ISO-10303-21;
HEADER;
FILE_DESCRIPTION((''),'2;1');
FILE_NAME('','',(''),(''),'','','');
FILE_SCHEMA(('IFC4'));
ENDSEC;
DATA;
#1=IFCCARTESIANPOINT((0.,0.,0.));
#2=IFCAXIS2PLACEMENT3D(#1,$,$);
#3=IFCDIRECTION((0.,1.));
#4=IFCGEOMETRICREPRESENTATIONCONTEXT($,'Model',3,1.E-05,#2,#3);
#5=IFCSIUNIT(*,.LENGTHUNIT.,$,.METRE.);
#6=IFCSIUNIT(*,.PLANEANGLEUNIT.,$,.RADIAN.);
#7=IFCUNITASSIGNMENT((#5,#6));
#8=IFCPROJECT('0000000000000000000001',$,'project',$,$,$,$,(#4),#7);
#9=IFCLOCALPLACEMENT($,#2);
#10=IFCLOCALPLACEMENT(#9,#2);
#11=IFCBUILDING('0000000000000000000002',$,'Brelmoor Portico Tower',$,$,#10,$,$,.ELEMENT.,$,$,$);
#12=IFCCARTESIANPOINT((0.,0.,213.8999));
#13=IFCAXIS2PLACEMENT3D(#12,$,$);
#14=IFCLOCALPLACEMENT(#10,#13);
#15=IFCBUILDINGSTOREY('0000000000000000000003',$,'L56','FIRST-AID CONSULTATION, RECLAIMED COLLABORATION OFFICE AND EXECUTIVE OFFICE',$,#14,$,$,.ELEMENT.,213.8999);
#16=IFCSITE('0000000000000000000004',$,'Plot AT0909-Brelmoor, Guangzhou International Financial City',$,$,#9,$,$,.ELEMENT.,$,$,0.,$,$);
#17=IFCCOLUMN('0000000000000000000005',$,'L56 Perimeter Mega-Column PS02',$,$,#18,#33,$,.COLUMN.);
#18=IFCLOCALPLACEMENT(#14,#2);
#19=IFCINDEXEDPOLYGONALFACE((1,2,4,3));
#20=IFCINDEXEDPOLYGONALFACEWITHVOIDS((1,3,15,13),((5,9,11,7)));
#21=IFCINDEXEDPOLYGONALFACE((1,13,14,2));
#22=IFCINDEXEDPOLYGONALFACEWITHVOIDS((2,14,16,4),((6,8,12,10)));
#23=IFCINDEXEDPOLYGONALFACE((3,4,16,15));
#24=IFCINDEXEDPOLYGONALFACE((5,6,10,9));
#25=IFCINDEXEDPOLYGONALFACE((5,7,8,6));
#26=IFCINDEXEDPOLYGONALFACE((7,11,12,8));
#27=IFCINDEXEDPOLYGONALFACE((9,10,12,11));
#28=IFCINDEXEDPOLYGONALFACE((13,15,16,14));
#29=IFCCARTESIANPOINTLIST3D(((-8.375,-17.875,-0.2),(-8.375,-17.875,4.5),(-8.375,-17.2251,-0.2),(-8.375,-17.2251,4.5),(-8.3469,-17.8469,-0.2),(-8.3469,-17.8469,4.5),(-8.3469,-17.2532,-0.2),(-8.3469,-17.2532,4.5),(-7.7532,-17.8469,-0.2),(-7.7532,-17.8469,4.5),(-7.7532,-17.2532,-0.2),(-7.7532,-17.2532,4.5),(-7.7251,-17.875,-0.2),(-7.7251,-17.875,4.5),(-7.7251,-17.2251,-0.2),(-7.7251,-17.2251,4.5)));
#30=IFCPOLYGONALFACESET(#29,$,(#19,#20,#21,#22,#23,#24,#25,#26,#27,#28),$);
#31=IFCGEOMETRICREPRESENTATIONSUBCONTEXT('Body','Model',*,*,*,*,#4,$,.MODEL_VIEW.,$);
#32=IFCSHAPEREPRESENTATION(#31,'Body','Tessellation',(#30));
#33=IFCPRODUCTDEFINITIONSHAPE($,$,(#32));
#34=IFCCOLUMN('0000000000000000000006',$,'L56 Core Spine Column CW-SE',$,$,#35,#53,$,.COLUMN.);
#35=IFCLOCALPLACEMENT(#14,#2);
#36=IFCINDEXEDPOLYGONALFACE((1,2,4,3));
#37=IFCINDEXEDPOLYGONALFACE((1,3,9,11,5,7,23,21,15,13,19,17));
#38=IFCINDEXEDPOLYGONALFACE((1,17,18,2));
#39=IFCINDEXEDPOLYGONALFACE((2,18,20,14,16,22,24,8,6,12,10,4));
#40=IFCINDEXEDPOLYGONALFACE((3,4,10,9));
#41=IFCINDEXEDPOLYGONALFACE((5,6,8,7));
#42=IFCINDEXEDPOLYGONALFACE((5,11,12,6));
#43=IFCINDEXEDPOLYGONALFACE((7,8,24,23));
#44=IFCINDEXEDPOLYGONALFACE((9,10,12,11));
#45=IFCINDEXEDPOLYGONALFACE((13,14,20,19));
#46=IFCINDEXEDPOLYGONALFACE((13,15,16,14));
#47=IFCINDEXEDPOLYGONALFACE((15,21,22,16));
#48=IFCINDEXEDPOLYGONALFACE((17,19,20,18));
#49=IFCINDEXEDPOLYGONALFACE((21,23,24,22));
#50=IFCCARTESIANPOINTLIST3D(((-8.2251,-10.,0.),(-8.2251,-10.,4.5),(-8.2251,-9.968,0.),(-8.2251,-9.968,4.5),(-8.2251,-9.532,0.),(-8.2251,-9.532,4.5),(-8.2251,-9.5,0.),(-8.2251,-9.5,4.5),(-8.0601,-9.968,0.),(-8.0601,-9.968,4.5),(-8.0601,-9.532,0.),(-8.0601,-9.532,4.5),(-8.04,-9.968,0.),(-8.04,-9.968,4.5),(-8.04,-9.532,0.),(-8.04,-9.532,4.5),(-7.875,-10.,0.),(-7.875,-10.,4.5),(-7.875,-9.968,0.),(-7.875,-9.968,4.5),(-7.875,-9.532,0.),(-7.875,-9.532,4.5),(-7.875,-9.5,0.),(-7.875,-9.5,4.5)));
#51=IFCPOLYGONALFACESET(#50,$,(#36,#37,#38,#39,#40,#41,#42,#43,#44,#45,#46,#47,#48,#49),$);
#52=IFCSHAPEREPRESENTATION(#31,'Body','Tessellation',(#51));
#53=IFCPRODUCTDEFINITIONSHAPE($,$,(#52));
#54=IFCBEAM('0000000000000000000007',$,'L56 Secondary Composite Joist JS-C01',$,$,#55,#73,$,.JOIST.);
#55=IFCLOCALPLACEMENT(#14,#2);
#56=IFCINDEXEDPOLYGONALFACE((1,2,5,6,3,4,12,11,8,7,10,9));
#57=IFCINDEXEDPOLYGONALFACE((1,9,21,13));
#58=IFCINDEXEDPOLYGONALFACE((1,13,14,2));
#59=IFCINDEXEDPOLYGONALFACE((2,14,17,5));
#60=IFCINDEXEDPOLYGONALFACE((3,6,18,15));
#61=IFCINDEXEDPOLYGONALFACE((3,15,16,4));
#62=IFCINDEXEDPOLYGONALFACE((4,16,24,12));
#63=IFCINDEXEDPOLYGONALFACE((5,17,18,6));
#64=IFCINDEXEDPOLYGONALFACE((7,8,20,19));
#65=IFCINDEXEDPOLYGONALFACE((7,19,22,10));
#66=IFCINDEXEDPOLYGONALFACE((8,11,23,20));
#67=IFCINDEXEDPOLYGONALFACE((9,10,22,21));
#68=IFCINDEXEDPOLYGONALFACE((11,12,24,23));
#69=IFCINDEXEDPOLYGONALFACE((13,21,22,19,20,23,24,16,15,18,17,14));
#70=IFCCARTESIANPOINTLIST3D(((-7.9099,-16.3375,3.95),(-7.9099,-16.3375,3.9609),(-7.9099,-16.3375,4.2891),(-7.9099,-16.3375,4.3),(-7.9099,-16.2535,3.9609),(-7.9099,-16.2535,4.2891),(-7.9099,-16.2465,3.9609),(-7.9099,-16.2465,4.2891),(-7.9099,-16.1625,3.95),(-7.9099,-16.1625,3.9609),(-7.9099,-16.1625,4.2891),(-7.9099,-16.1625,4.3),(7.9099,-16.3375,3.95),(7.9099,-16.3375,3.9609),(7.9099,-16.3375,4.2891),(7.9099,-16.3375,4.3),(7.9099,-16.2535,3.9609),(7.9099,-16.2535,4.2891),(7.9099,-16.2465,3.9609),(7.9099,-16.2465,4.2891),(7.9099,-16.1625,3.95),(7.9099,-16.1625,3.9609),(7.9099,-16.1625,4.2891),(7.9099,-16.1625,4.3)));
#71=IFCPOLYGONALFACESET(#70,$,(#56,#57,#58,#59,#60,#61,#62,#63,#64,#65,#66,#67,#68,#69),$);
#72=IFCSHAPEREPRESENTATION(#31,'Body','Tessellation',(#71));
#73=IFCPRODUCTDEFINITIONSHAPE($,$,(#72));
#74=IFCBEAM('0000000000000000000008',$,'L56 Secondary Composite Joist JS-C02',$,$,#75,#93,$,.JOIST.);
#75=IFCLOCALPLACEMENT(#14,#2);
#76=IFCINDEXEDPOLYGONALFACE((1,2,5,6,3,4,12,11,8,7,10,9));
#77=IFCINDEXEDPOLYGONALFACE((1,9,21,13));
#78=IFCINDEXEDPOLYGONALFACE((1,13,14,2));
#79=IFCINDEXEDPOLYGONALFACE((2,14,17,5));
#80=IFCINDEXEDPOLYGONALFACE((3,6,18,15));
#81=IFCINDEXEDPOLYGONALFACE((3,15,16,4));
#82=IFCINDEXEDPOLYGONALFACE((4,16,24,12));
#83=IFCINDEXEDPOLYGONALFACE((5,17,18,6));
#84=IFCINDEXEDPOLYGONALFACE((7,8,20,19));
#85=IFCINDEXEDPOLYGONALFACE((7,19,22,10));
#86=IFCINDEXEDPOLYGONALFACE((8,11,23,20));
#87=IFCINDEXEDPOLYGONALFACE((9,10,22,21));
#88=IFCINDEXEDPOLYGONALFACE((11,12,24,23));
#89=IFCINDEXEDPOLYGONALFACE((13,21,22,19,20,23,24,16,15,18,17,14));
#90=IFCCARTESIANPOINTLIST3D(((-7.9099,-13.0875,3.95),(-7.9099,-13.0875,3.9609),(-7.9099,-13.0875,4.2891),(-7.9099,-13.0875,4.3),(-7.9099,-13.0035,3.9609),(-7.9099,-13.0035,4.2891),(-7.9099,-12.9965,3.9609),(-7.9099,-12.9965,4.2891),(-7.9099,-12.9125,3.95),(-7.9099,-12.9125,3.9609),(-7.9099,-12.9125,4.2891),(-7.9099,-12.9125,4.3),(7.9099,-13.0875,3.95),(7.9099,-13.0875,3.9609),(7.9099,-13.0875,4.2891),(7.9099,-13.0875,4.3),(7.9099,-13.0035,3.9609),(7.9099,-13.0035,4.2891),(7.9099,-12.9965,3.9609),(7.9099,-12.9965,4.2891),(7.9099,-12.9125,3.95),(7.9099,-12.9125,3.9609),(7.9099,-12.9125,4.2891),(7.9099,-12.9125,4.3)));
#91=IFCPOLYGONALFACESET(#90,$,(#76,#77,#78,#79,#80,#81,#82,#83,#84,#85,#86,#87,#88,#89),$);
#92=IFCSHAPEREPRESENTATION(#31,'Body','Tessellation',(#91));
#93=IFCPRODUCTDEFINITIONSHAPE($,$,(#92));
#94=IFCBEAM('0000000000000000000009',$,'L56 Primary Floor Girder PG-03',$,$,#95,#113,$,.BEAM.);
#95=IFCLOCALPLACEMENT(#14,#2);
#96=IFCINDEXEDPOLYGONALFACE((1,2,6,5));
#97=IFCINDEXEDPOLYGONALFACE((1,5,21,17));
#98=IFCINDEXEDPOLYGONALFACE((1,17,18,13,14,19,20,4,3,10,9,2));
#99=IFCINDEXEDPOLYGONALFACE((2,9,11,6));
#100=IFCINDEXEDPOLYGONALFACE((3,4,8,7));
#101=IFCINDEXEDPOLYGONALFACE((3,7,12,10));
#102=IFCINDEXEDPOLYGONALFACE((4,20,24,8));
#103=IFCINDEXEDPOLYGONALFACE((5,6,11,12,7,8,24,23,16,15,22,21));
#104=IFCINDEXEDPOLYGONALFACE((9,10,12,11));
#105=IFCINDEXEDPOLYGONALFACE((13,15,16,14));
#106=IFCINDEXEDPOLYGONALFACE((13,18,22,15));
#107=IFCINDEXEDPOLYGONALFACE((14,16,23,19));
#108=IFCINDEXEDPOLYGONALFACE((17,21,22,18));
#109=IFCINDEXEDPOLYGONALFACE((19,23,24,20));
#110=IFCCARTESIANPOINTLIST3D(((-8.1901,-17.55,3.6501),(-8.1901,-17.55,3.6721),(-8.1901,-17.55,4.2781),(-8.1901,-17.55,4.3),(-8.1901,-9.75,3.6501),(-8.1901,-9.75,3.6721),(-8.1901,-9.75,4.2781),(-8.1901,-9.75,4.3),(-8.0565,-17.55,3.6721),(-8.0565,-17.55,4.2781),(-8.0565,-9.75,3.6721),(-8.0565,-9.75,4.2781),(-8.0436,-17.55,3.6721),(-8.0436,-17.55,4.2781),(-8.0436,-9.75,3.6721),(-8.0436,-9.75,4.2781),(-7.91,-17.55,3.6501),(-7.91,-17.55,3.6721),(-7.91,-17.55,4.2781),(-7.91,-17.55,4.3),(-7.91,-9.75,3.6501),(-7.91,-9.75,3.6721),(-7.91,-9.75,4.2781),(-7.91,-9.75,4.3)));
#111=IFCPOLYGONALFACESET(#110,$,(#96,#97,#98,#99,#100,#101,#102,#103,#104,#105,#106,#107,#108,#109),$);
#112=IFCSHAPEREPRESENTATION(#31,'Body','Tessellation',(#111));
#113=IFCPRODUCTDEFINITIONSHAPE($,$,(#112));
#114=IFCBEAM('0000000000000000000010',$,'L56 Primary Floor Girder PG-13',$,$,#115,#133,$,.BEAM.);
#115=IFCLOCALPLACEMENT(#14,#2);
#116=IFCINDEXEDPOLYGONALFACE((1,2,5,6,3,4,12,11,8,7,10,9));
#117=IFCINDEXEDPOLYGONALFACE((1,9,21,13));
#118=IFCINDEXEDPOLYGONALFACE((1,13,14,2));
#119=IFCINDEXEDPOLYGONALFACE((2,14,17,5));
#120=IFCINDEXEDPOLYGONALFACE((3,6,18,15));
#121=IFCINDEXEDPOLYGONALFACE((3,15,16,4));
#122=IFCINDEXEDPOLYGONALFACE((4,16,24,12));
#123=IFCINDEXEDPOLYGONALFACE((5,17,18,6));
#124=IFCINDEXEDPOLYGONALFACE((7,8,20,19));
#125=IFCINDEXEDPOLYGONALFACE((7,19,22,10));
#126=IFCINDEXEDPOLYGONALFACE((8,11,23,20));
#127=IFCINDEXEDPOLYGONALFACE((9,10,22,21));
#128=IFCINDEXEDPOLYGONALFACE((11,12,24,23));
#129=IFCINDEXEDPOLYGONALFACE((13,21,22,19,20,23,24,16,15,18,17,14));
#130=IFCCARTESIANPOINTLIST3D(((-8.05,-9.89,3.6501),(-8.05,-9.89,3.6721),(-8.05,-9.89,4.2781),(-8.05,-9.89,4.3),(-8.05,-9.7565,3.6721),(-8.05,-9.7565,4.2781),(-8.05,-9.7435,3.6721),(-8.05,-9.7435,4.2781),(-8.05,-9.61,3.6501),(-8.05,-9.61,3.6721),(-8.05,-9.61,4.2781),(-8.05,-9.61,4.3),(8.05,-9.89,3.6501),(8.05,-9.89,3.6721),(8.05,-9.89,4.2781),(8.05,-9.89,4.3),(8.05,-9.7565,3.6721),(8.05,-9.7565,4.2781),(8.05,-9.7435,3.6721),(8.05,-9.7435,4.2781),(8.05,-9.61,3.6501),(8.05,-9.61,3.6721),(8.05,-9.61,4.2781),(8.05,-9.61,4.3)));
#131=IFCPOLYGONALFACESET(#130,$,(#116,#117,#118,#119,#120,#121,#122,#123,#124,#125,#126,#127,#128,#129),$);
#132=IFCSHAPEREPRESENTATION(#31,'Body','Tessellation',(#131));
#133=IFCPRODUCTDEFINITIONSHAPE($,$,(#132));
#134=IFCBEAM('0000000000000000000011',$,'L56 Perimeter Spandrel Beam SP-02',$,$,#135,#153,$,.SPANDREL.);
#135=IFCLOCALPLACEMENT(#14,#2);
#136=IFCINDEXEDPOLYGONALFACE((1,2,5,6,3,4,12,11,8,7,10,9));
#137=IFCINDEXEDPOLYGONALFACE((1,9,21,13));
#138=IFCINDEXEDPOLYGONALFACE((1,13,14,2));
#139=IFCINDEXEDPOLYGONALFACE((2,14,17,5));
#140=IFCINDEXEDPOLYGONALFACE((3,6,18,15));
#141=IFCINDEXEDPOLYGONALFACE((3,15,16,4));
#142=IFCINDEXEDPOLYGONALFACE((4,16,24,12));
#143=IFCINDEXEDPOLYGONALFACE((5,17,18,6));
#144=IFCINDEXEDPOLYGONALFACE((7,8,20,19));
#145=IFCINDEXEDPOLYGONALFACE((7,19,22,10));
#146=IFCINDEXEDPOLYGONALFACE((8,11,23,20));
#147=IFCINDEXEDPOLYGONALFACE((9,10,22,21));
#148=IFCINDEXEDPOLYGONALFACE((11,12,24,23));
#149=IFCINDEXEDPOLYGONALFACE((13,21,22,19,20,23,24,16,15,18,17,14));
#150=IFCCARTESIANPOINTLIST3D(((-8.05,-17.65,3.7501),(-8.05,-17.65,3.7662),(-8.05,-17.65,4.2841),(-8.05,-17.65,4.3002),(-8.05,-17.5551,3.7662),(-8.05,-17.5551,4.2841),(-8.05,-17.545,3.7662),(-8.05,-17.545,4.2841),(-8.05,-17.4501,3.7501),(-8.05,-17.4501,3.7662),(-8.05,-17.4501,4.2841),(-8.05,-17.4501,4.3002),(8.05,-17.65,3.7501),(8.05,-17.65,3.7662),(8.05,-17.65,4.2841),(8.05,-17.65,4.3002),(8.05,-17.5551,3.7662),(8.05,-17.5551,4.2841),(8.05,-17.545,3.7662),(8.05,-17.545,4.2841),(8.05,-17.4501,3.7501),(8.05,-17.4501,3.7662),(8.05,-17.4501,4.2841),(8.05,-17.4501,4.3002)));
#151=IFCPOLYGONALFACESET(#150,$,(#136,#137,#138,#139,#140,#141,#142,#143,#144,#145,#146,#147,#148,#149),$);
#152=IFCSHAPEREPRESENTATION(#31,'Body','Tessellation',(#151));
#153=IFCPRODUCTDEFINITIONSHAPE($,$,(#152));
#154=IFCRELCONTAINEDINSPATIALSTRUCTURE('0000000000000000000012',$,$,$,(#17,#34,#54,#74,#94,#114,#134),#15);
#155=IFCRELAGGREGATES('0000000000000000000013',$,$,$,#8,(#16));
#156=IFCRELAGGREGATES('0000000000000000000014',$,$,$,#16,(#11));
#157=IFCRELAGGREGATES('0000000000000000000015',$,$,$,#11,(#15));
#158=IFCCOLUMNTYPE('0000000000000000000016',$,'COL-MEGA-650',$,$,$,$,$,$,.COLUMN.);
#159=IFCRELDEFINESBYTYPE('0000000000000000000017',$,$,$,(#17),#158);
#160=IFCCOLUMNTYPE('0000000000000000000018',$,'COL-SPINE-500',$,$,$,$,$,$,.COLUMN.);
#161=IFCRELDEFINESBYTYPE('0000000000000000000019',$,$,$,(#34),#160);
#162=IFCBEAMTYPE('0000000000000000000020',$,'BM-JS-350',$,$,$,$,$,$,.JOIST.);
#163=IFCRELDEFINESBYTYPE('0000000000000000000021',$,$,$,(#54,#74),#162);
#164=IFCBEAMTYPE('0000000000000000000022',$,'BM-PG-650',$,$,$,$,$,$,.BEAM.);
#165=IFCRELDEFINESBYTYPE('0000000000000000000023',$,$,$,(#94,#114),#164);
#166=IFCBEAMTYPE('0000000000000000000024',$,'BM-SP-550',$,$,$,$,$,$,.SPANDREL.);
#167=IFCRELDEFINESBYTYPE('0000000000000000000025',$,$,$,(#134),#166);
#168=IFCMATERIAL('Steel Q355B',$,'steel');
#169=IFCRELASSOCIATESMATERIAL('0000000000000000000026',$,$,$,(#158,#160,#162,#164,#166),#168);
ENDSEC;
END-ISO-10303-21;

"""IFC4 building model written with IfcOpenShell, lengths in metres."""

from ifc_helpers import new_model, si_unit, direction, frame, origin, origin_2d, place, context, subcontext, project, spatial, hollow_rectangle, i_section, extrude, material, material_profile, profile_set, type_object, element, save


model = new_model("IFC4")

# Units and contexts
model_context = context("Model", 3, precision=1e-05, world=origin(), true_north=direction((0.0, 1.0)))
body_context = subcontext(model_context, "Body", "Model", "MODEL_VIEW")
ifc_project = project(units=[si_unit("LENGTHUNIT", "METRE"), si_unit("PLANEANGLEUNIT", "RADIAN")], contexts=[model_context])

# Site, building, storey
site_placement = place(None, origin())
site = spatial("IfcSite", under=ifc_project, at=site_placement, Name="Plot AT0909-Brelmoor, Guangzhou International Financial City", CompositionType="ELEMENT", RefElevation=0.0)
building_placement = place(site_placement, origin())
building = spatial("IfcBuilding", under=site, at=building_placement, Name="Brelmoor Portico Tower", CompositionType="ELEMENT")
storey_placement = place(building_placement, frame((0.0, 0.0, 213.8999)))
storey = spatial("IfcBuildingStorey", under=building, at=storey_placement, Name="L56", Description="FIRST-AID CONSULTATION, RECLAIMED COLLABORATION OFFICE AND EXECUTIVE OFFICE", CompositionType="ELEMENT", Elevation=213.8999)

# Columns
ifc_material_1 = material(Name="Steel Q355B", Category="steel")
ifc_material_profile_1 = material_profile(ifc_material_1, hollow_rectangle(XDim=0.6499, YDim=0.6499, WallThickness=0.0281, at=origin_2d()), Name="BOX 650x650x28")
ifc_profile_set_1 = profile_set([ifc_material_profile_1], Name="Steel Q355B")
column_type_1 = type_object("IfcColumnType", Name="COL-MEGA-650", PredefinedType="COLUMN", material=ifc_profile_set_1)
column_1_placement = place(storey_placement, frame((-8.05, -17.55, -0.2), z_axis=(0.0, 0.0, 1.0), x_axis=(1.0, 0.0, 0.0)))
element("IfcColumn", 1, at=column_1_placement, inside=storey, type_object=column_type_1, Name="L56 Perimeter Mega-Column PS02", PredefinedType="COLUMN", context=body_context, shape_type="SweptSolid", body=[
    extrude(hollow_rectangle(XDim=0.6499, YDim=0.6499, WallThickness=0.0281, at=origin_2d()), origin(), (0.0, 0.0, 1.0), 4.7),
])
ifc_material_profile_2 = material_profile(ifc_material_1, i_section(OverallWidth=0.3501, OverallDepth=0.5, WebThickness=0.02, FlangeThickness=0.032, at=origin_2d()), Name="HW 500x350x20x32")
ifc_profile_set_2 = profile_set([ifc_material_profile_2], Name="Steel Q355B")
column_type_2 = type_object("IfcColumnType", Name="COL-SPINE-500", PredefinedType="COLUMN", material=ifc_profile_set_2)
column_2_placement = place(storey_placement, frame((-8.05, -9.75, 0.0), z_axis=(0.0, 0.0, 1.0), x_axis=(1.0, 0.0, 0.0)))
element("IfcColumn", 2, at=column_2_placement, inside=storey, type_object=column_type_2, Name="L56 Core Spine Column CW-SE", PredefinedType="COLUMN", context=body_context, shape_type="SweptSolid", body=[
    extrude(i_section(OverallWidth=0.3501, OverallDepth=0.5, WebThickness=0.02, FlangeThickness=0.032, at=origin_2d()), origin(), (0.0, 0.0, 1.0), 4.5),
])

# Beams
ifc_material_profile_3 = material_profile(ifc_material_1, i_section(OverallWidth=0.175, OverallDepth=0.3501, WebThickness=0.0071, FlangeThickness=0.011, at=origin_2d()), Name="HN 350x175x7x11")
ifc_profile_set_3 = profile_set([ifc_material_profile_3], Name="Steel Q355B")
beam_type_1 = type_object("IfcBeamType", Name="BM-JS-350", PredefinedType="JOIST", material=ifc_profile_set_3)
for number, where, z_axis, x_axis, name in (
    (3, (-7.9099, -16.25, 4.125), (1.0, 0.0, 0.0), (0.0, 1.0, 0.0), "L56 Secondary Composite Joist JS-C01"),
    (4, (-7.9099, -13.0, 4.125), (1.0, 0.0, 0.0), (0.0, 1.0, 0.0), "L56 Secondary Composite Joist JS-C02"),
):
    element("IfcBeam", number, at=place(storey_placement, frame(where, z_axis=z_axis, x_axis=x_axis)), inside=storey, type_object=beam_type_1, Name=name, PredefinedType="JOIST", context=body_context, shape_type="SweptSolid", body=[
        extrude(i_section(OverallWidth=0.175, OverallDepth=0.3501, WebThickness=0.0071, FlangeThickness=0.011, at=origin_2d()), origin(), (0.0, 0.0, 1.0), 15.8198),
    ])
ifc_material_profile_4 = material_profile(ifc_material_1, i_section(OverallWidth=0.28, OverallDepth=0.6499, WebThickness=0.0129, FlangeThickness=0.022, at=origin_2d()), Name="HN 650x280x13x22")
ifc_profile_set_4 = profile_set([ifc_material_profile_4], Name="Steel Q355B")
beam_type_2 = type_object("IfcBeamType", Name="BM-PG-650", PredefinedType="BEAM", material=ifc_profile_set_4)
beam_1_placement = place(storey_placement, frame((-8.05, -17.55, 3.9751), z_axis=(0.0, 1.0, 0.0), x_axis=(-1.0, 0.0, 0.0)))
element("IfcBeam", 5, at=beam_1_placement, inside=storey, type_object=beam_type_2, Name="L56 Primary Floor Girder PG-03", PredefinedType="BEAM", context=body_context, shape_type="SweptSolid", body=[
    extrude(i_section(OverallWidth=0.28, OverallDepth=0.6499, WebThickness=0.0129, FlangeThickness=0.022, at=origin_2d()), origin(), (0.0, 0.0, 1.0), 7.8),
])
beam_2_placement = place(storey_placement, frame((-8.05, -9.75, 3.9751), z_axis=(1.0, 0.0, 0.0), x_axis=(0.0, 1.0, 0.0)))
element("IfcBeam", 6, at=beam_2_placement, inside=storey, type_object=beam_type_2, Name="L56 Primary Floor Girder PG-13", PredefinedType="BEAM", context=body_context, shape_type="SweptSolid", body=[
    extrude(i_section(OverallWidth=0.28, OverallDepth=0.6499, WebThickness=0.0129, FlangeThickness=0.022, at=origin_2d()), origin(), (0.0, 0.0, 1.0), 16.1001),
])
ifc_material_profile_5 = material_profile(ifc_material_1, i_section(OverallWidth=0.2, OverallDepth=0.55, WebThickness=0.01, FlangeThickness=0.0161, at=origin_2d()), Name="HN 550x200x10x16")
ifc_profile_set_5 = profile_set([ifc_material_profile_5], Name="Steel Q355B")
beam_type_3 = type_object("IfcBeamType", Name="BM-SP-550", PredefinedType="SPANDREL", material=ifc_profile_set_5)
beam_3_placement = place(storey_placement, frame((-8.05, -17.55, 4.0251), z_axis=(1.0, 0.0, 0.0), x_axis=(0.0, 1.0, 0.0)))
element("IfcBeam", 7, at=beam_3_placement, inside=storey, type_object=beam_type_3, Name="L56 Perimeter Spandrel Beam SP-02", PredefinedType="SPANDREL", context=body_context, shape_type="SweptSolid", body=[
    extrude(i_section(OverallWidth=0.2, OverallDepth=0.55, WebThickness=0.01, FlangeThickness=0.0161, at=origin_2d()), origin(), (0.0, 0.0, 1.0), 16.1001),
])

save(model, "model.ifc")
